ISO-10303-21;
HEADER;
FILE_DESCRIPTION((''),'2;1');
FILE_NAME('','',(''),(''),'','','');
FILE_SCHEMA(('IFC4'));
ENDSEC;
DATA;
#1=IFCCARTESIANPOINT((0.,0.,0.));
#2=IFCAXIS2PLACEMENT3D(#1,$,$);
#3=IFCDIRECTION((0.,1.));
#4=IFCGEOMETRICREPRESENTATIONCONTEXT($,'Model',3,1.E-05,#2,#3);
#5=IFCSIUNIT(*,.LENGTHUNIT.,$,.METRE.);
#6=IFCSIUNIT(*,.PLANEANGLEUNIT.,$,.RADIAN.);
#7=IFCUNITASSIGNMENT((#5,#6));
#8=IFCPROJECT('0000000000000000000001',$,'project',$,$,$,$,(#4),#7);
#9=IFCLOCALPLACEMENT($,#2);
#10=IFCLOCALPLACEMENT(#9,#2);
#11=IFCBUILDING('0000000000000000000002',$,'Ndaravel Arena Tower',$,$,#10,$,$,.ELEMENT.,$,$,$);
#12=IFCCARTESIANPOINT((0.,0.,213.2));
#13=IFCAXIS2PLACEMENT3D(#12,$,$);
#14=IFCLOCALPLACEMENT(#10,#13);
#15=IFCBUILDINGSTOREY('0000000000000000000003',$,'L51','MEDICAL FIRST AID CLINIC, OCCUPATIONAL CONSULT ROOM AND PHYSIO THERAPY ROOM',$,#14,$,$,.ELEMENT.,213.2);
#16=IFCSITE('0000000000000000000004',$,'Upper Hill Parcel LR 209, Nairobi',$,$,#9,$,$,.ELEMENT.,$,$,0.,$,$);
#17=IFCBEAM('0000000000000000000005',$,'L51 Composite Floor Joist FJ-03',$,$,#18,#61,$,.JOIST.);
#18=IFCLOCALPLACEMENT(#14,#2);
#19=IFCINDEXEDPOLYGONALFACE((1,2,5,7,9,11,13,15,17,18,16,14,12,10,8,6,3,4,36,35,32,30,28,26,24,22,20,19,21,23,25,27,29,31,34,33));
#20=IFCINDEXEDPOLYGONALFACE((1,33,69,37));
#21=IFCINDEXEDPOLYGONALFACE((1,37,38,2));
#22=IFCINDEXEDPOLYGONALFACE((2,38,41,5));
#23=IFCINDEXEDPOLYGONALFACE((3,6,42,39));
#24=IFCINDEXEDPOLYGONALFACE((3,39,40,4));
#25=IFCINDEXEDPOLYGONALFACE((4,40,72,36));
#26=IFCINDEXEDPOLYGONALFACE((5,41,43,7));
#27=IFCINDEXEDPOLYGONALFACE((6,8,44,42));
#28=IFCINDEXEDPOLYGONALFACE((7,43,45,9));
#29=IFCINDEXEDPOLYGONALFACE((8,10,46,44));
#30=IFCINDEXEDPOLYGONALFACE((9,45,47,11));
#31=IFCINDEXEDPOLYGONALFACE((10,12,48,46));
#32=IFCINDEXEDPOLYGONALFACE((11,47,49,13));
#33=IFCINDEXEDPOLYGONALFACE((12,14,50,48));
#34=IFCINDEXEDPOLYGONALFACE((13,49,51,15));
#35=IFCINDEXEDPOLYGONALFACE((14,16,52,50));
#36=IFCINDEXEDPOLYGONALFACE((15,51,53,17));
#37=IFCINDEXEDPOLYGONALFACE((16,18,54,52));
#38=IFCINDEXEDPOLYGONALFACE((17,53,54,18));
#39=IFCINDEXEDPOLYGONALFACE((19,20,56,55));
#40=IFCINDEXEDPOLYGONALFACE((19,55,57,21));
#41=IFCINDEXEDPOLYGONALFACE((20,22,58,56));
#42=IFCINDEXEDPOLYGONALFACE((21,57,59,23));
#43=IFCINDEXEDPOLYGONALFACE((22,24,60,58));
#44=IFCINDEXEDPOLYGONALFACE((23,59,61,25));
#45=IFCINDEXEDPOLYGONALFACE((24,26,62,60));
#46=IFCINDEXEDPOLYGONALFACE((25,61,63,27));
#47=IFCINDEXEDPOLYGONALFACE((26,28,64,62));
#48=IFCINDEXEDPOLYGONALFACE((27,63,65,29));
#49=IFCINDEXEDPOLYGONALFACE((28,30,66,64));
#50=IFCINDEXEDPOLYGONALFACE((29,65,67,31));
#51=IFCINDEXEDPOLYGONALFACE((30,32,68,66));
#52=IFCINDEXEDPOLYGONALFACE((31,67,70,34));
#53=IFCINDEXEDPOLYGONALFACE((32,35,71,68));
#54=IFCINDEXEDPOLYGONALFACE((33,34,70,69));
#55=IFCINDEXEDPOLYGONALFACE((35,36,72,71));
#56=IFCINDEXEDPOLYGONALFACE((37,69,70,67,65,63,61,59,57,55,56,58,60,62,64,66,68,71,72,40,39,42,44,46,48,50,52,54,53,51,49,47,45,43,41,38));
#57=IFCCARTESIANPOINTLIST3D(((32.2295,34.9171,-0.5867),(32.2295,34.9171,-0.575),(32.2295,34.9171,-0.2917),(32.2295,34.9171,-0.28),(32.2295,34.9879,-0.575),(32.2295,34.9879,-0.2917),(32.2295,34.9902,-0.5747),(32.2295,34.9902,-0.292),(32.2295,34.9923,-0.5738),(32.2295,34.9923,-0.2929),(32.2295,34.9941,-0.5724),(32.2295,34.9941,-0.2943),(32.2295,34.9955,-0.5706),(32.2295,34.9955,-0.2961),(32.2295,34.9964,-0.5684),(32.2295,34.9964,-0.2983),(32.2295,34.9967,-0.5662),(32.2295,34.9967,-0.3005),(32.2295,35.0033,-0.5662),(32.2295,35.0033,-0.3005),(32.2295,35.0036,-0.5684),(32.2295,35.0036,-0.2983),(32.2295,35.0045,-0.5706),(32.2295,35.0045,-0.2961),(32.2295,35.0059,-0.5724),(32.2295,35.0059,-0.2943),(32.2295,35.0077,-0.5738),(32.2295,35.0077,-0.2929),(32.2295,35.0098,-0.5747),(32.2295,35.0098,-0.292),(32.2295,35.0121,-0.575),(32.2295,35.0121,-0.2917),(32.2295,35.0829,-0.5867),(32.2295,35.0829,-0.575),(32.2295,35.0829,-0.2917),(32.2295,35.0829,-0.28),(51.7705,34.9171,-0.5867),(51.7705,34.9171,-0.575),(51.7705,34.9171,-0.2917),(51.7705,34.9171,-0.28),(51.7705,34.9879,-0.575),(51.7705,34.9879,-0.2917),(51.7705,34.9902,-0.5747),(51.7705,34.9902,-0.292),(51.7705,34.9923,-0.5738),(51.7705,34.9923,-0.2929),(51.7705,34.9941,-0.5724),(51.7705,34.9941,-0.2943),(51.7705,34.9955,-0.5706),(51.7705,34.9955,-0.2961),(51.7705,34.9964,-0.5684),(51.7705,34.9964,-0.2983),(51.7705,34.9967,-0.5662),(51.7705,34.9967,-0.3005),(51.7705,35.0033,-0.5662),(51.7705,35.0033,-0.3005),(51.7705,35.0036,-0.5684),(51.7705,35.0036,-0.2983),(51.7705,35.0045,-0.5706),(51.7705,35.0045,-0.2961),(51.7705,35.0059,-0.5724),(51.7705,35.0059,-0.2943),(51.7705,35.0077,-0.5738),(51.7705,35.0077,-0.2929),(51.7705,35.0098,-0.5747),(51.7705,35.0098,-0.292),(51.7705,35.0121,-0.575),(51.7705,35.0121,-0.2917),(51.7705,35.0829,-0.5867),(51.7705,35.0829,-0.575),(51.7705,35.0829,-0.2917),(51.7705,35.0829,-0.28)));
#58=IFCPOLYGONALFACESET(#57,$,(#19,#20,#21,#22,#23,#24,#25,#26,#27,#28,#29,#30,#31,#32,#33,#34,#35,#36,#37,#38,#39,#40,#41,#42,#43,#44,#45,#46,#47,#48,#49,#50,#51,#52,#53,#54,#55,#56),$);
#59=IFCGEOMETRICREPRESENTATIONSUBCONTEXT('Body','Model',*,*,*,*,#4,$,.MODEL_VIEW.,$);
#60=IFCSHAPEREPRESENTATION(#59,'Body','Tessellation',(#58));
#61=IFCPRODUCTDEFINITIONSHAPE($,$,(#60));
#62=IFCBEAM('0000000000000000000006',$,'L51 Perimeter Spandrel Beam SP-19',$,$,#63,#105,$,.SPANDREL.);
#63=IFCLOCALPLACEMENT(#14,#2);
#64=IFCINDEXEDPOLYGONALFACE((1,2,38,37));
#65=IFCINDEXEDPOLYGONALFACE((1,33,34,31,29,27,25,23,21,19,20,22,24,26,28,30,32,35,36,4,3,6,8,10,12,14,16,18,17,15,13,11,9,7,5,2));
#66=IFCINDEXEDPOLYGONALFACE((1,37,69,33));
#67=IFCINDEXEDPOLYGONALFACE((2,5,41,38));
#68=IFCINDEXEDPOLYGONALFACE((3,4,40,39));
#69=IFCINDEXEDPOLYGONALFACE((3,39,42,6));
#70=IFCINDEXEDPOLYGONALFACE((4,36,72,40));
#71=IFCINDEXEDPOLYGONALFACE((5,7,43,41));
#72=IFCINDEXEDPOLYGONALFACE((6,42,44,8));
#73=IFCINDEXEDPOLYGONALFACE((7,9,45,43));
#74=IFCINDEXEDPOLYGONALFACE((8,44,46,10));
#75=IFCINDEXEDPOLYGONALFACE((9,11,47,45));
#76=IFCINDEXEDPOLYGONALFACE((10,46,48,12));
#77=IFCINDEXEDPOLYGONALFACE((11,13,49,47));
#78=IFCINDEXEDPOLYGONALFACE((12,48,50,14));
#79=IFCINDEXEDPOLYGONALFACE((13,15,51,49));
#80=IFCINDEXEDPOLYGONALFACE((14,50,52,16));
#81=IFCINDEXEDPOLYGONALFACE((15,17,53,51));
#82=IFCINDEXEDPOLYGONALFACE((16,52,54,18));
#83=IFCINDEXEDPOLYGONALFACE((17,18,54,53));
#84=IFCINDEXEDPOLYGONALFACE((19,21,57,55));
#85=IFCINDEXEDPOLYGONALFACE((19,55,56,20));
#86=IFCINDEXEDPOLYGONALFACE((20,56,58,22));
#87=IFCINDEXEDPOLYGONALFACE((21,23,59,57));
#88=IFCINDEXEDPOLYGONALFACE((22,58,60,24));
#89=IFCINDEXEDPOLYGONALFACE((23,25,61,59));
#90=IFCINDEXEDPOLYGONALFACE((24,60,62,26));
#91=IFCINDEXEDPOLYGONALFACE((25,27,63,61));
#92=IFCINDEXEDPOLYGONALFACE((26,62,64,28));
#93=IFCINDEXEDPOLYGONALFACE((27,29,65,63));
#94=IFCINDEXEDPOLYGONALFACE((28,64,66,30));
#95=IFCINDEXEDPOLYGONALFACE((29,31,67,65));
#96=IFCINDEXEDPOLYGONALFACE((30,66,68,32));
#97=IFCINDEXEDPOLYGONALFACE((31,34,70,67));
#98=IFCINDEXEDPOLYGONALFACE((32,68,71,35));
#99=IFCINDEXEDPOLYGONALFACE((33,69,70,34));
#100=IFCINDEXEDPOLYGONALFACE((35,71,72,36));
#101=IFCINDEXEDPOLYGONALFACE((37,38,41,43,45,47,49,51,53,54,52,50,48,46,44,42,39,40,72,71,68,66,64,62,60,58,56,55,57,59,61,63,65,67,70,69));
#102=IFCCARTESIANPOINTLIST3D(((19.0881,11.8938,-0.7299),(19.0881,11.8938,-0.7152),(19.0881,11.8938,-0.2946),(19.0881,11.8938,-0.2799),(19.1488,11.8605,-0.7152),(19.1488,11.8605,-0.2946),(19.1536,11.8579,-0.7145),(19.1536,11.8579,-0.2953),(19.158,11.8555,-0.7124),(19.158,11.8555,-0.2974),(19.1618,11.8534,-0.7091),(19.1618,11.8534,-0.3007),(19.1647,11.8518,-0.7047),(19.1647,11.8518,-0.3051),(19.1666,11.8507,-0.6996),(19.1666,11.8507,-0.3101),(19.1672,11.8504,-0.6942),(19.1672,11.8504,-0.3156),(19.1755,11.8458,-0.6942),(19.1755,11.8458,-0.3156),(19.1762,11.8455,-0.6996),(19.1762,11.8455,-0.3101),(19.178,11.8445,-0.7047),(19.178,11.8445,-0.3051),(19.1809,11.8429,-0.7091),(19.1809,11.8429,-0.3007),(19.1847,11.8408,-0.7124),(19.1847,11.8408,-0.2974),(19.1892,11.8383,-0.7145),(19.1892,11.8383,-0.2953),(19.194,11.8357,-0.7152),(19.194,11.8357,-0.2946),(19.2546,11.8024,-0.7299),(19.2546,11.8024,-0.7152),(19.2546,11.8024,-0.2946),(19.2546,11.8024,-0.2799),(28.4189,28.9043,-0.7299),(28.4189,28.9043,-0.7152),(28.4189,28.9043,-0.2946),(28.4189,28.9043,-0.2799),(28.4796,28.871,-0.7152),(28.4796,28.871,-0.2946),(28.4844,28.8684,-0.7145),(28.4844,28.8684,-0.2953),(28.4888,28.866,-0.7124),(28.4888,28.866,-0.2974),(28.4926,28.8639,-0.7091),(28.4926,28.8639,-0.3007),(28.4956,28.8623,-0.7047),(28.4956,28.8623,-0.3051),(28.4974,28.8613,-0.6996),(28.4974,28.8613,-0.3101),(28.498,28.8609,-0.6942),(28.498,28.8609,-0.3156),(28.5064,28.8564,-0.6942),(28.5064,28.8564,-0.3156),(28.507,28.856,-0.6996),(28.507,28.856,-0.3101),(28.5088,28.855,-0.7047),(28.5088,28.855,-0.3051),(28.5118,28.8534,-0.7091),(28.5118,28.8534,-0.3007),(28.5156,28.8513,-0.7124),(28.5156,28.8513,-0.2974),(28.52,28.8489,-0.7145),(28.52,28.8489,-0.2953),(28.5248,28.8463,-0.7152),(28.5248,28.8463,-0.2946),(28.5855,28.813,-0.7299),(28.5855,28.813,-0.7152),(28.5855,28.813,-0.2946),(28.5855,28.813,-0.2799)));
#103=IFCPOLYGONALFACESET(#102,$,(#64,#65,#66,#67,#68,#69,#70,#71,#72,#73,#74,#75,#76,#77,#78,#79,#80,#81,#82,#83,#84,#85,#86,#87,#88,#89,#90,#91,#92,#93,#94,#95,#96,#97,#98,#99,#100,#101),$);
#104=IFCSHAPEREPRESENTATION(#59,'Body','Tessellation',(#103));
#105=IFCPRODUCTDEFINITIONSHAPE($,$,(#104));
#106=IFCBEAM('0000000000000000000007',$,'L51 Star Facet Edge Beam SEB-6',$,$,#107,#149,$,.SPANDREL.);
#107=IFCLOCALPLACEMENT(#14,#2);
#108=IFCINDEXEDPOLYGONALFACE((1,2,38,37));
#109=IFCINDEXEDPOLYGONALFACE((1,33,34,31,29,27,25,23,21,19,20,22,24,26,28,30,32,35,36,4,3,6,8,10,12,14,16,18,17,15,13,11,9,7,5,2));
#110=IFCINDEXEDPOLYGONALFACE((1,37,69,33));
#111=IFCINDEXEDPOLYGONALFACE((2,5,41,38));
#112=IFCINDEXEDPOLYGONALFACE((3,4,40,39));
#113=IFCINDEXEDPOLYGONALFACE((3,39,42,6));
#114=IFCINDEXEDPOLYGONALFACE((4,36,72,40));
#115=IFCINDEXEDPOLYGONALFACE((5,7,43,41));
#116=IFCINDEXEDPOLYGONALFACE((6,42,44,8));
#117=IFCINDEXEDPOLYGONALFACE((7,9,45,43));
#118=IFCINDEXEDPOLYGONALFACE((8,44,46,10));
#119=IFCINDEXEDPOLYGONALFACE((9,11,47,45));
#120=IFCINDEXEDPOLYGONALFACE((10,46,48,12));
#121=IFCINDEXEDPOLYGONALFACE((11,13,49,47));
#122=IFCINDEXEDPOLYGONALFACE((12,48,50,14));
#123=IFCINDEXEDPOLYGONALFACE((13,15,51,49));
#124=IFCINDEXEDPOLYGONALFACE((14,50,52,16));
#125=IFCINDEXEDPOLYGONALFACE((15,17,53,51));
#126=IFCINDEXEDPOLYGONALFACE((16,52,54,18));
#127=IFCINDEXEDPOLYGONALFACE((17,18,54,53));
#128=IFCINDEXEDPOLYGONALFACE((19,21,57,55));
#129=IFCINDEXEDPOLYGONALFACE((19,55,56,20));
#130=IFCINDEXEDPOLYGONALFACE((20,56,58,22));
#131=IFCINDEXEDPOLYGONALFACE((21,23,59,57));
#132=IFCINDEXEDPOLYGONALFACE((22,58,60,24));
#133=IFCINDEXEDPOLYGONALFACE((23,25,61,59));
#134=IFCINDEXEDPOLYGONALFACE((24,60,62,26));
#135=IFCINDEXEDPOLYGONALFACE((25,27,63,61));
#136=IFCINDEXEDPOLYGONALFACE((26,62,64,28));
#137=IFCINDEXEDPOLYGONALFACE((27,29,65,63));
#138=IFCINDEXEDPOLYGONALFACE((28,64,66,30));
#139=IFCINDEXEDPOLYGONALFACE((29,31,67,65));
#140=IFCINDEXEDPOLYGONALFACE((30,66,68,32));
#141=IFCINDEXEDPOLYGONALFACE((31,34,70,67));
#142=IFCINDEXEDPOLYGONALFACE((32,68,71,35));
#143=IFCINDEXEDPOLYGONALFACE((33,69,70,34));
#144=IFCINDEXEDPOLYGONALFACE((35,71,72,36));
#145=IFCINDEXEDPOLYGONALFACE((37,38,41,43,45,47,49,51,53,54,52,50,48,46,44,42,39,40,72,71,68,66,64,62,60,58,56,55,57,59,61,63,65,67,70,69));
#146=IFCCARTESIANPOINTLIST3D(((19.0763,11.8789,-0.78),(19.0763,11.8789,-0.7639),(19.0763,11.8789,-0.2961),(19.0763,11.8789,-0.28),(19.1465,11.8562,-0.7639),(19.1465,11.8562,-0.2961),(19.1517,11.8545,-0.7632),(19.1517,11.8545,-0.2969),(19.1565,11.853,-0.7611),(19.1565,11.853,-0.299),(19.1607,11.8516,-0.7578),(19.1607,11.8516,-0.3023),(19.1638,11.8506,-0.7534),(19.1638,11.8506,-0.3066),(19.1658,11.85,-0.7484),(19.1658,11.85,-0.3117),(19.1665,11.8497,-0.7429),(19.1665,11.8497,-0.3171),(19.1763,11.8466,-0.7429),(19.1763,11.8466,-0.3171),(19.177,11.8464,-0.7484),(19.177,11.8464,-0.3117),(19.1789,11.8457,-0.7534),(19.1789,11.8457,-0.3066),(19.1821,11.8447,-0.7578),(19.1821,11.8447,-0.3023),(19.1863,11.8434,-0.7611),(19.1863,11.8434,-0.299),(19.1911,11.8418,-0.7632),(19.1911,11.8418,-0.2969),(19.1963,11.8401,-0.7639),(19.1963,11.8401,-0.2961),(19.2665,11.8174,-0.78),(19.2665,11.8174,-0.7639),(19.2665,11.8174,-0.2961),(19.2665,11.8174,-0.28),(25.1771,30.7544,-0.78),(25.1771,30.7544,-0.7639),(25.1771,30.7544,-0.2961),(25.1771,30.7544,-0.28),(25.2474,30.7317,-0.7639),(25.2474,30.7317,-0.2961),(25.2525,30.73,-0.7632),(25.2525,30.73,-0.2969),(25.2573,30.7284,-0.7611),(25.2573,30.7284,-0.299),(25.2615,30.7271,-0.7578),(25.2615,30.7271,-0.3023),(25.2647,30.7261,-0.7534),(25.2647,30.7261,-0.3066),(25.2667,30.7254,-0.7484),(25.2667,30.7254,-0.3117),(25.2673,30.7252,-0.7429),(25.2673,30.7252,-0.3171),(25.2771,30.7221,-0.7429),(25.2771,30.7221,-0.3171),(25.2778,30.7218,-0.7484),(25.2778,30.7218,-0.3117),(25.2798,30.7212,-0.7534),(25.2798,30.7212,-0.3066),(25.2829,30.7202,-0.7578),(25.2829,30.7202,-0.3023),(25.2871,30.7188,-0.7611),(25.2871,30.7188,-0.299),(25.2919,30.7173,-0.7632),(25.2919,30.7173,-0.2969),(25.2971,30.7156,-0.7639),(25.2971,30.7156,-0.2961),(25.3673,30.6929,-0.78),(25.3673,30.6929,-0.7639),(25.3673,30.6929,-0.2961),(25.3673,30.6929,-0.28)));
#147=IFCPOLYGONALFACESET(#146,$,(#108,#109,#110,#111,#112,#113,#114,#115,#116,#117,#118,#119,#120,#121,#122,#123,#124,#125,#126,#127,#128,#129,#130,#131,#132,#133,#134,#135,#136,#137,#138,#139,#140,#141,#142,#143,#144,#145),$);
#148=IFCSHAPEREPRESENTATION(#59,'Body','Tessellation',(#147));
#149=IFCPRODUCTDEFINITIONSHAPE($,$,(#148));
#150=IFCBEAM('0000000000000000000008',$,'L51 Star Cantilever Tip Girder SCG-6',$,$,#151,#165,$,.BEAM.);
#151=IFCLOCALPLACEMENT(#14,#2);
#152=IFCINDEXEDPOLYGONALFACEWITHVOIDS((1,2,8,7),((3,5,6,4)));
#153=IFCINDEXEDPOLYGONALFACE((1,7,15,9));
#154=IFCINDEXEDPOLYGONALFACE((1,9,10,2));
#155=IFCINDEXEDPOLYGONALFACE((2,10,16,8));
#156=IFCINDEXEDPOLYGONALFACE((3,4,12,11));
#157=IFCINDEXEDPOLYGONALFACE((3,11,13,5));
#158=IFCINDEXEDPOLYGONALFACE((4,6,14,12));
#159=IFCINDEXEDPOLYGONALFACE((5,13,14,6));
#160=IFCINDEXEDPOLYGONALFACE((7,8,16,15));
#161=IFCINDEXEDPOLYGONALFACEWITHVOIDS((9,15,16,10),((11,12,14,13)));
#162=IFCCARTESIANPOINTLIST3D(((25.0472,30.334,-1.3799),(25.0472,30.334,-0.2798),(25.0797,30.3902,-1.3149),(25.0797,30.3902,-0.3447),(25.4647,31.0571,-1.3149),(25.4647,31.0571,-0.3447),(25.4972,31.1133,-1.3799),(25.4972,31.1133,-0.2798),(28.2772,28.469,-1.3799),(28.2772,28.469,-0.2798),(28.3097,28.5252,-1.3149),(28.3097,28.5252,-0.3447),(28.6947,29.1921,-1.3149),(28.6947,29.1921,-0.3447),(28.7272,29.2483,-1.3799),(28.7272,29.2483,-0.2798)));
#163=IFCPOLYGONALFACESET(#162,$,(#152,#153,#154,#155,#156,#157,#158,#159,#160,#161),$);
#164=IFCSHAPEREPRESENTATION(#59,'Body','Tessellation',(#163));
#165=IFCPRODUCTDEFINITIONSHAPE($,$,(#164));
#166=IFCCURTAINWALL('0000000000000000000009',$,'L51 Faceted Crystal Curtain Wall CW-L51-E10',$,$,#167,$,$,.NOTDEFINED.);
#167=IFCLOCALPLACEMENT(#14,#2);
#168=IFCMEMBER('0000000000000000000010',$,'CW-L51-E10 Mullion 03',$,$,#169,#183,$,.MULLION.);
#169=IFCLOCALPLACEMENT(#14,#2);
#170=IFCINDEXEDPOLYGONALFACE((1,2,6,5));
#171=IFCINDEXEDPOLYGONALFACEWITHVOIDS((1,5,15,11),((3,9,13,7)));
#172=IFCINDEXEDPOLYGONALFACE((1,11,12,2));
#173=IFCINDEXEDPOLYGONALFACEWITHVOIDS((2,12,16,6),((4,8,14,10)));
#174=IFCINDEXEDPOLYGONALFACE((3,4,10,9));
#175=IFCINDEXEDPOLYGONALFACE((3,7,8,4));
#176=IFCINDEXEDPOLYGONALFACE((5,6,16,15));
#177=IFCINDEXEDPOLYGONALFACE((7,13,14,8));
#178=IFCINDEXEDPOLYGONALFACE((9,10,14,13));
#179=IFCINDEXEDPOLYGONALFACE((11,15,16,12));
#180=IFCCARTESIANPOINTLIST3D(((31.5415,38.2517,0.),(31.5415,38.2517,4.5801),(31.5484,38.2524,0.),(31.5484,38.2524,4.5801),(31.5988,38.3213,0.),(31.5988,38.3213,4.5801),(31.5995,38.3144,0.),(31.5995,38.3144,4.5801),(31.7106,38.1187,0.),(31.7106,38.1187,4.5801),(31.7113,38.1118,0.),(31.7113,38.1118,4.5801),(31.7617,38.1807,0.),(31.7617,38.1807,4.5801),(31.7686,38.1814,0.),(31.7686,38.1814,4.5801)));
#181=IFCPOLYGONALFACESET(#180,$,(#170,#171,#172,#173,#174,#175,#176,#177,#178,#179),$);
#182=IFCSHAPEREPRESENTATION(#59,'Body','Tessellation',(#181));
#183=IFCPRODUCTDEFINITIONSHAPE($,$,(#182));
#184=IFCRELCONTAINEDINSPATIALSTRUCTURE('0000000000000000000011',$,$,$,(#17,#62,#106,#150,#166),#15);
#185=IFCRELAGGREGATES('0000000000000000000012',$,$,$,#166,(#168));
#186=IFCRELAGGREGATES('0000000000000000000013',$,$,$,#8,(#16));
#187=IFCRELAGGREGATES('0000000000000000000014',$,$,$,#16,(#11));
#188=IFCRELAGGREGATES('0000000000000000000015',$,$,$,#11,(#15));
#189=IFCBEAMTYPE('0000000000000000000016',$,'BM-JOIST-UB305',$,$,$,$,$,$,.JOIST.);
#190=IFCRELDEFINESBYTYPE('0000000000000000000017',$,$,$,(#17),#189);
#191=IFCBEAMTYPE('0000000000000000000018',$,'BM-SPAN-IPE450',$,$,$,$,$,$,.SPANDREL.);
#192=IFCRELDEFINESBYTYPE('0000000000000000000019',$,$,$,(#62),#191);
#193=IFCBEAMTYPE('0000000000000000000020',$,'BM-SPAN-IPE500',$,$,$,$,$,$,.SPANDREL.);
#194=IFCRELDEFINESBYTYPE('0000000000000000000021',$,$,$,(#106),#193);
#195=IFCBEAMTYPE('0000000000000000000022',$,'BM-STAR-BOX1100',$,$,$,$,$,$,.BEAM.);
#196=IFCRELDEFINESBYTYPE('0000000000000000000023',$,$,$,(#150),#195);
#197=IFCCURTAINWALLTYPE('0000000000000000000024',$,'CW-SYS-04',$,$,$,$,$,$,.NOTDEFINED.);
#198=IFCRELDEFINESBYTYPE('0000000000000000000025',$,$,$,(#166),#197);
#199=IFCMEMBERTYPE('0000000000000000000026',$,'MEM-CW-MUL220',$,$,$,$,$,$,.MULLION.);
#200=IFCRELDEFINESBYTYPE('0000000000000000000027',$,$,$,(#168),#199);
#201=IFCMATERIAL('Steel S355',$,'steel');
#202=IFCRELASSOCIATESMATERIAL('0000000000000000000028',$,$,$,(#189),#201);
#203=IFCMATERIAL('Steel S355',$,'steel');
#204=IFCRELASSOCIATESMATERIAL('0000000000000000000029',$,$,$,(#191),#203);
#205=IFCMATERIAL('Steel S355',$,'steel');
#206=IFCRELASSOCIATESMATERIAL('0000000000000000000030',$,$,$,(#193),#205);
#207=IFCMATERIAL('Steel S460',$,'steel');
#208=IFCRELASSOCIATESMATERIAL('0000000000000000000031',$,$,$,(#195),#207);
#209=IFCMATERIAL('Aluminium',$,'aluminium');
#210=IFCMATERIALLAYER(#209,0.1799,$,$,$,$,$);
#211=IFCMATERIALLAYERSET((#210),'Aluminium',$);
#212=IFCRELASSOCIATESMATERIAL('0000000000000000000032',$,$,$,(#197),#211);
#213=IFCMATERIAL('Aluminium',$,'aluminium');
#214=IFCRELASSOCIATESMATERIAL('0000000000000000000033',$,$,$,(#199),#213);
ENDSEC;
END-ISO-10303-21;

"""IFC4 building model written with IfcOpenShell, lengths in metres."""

from ifc_helpers import new_model, si_unit, direction, frame, origin, origin_2d, place, context, subcontext, project, spatial, hollow_rectangle, i_section, extrude, material, layer, layer_set, material_profile, profile_set, type_object, element, aggregate, save


model = new_model("IFC4")

# Units and contexts
model_context = context("Model", 3, precision=1e-05, world=origin(), true_north=direction((0.0, 1.0)))
body_context = subcontext(model_context, "Body", "Model", "MODEL_VIEW")
ifc_project = project(units=[si_unit("LENGTHUNIT", "METRE"), si_unit("PLANEANGLEUNIT", "RADIAN")], contexts=[model_context])

# Site, building, storey
site_placement = place(None, origin())
site = spatial("IfcSite", under=ifc_project, at=site_placement, Name="Upper Hill Parcel LR 209, Nairobi", CompositionType="ELEMENT", RefElevation=0.0)
building_placement = place(site_placement, origin())
building = spatial("IfcBuilding", under=site, at=building_placement, Name="Ndaravel Arena Tower", CompositionType="ELEMENT")
storey_placement = place(building_placement, frame((0.0, 0.0, 213.2)))
storey = spatial("IfcBuildingStorey", under=building, at=storey_placement, Name="L51", Description="MEDICAL FIRST AID CLINIC, OCCUPATIONAL CONSULT ROOM AND PHYSIO THERAPY ROOM", CompositionType="ELEMENT", Elevation=213.2)

# Beams
ifc_material_1 = material(Name="Steel S355", Category="steel")
ifc_material_profile_1 = material_profile(ifc_material_1, i_section(OverallWidth=0.1658, OverallDepth=0.3066, WebThickness=0.0066, FlangeThickness=0.0117, FilletRadius=0.0088, at=origin_2d()), Name="UB 305x165x46")
ifc_profile_set_1 = profile_set([ifc_material_profile_1], Name="Steel S355")
beam_type_1 = type_object("IfcBeamType", Name="BM-JOIST-UB305", PredefinedType="JOIST", material=ifc_profile_set_1)
beam_1_placement = place(storey_placement, frame((32.2295, 35.0, -0.4333), z_axis=(1.0, 0.0, 0.0), x_axis=(0.0, 1.0, 0.0)))
element("IfcBeam", 1, at=beam_1_placement, inside=storey, type_object=beam_type_1, Name="L51 Composite Floor Joist FJ-03", PredefinedType="JOIST", context=body_context, shape_type="SweptSolid", body=[
    extrude(i_section(OverallWidth=0.1658, OverallDepth=0.3066, WebThickness=0.0066, FlangeThickness=0.0117, FilletRadius=0.0088, at=origin_2d()), origin(), (0.0, 0.0, 1.0), 19.541),
])
ifc_material_2 = material(Name="Steel S355", Category="steel")
ifc_material_profile_2 = material_profile(ifc_material_2, i_section(OverallWidth=0.1899, OverallDepth=0.45, WebThickness=0.0095, FlangeThickness=0.0146, FilletRadius=0.021, at=origin_2d()), Name="IPE 450")
ifc_profile_set_2 = profile_set([ifc_material_profile_2], Name="Steel S355")
beam_type_2 = type_object("IfcBeamType", Name="BM-SPAN-IPE450", PredefinedType="SPANDREL", material=ifc_profile_set_2)
beam_2_placement = place(storey_placement, frame((28.5022, 28.8586, -0.5049), z_axis=(-0.480931, -0.876759, 0.0), x_axis=(0.876759, -0.480931, 0.0)))
element("IfcBeam", 2, at=beam_2_placement, inside=storey, type_object=beam_type_2, Name="L51 Perimeter Spandrel Beam SP-19", PredefinedType="SPANDREL", context=body_context, shape_type="SweptSolid", body=[
    extrude(i_section(OverallWidth=0.1899, OverallDepth=0.45, WebThickness=0.0095, FlangeThickness=0.0146, FilletRadius=0.021, at=origin_2d()), origin(), (0.0, 0.0, 1.0), 19.4016),
])
ifc_material_3 = material(Name="Steel S355", Category="steel")
ifc_material_profile_3 = material_profile(ifc_material_3, i_section(OverallWidth=0.2, OverallDepth=0.5, WebThickness=0.0103, FlangeThickness=0.0161, FilletRadius=0.021, at=origin_2d()), Name="IPE 500")
ifc_profile_set_3 = profile_set([ifc_material_profile_3], Name="Steel S355")
beam_type_3 = type_object("IfcBeamType", Name="BM-SPAN-IPE500", PredefinedType="SPANDREL", material=ifc_profile_set_3)
beam_3_placement = place(storey_placement, frame((25.2722, 30.7236, -0.53), z_axis=(-0.307549, -0.951532, 0.0), x_axis=(0.951532, -0.307549, 0.0)))
element("IfcBeam", 3, at=beam_3_placement, inside=storey, type_object=beam_type_3, Name="L51 Star Facet Edge Beam SEB-6", PredefinedType="SPANDREL", context=body_context, shape_type="SweptSolid", body=[
    extrude(i_section(OverallWidth=0.2, OverallDepth=0.5, WebThickness=0.0103, FlangeThickness=0.0161, FilletRadius=0.021, at=origin_2d()), origin(), (0.0, 0.0, 1.0), 19.8369),
])
ifc_material_4 = material(Name="Steel S460", Category="steel")
ifc_material_profile_4 = material_profile(ifc_material_4, hollow_rectangle(XDim=0.8999, YDim=1.1001, WallThickness=0.0649, at=origin_2d()), Name="BOX 1100x900x65")
ifc_profile_set_4 = profile_set([ifc_material_profile_4], Name="Steel S460")
beam_type_4 = type_object("IfcBeamType", Name="BM-STAR-BOX1100", PredefinedType="BEAM", material=ifc_profile_set_4)
beam_4_placement = place(storey_placement, frame((28.5022, 28.8586, -0.8298), z_axis=(-0.866007, 0.500032, 0.0), x_axis=(-0.500032, -0.866007, 0.0)))
element("IfcBeam", 4, at=beam_4_placement, inside=storey, type_object=beam_type_4, Name="L51 Star Cantilever Tip Girder SCG-6", PredefinedType="BEAM", context=body_context, shape_type="SweptSolid", body=[
    extrude(hollow_rectangle(XDim=0.8999, YDim=1.1001, WallThickness=0.0649, at=origin_2d()), origin(), (0.0, 0.0, 1.0), 3.7297),
])

# Curtain wall, member
ifc_material_5 = material(Name="Aluminium", Category="aluminium")
ifc_layer_1 = layer(ifc_material_5, 0.1799)
ifc_layer_set_1 = layer_set([ifc_layer_1], Name="Aluminium")
curtain_wall_type = type_object("IfcCurtainWallType", Name="CW-SYS-04", PredefinedType="NOTDEFINED", material=ifc_layer_set_1)
curtain_wall_1_placement = place(storey_placement, origin())
curtain_wall_1 = element("IfcCurtainWall", 5, at=curtain_wall_1_placement, inside=storey, type_object=curtain_wall_type, Name="L51 Faceted Crystal Curtain Wall CW-L51-E10", PredefinedType="NOTDEFINED")
ifc_material_6 = material(Name="Aluminium", Category="aluminium")
ifc_material_profile_5 = material_profile(ifc_material_6, hollow_rectangle(XDim=0.0901, YDim=0.22, WallThickness=0.0049, at=origin_2d()), Name="CW MULLION 90x220x5")
ifc_profile_set_5 = profile_set([ifc_material_profile_5], Name="Aluminium")
member_type_1 = type_object("IfcMemberType", Name="MEM-CW-MUL220", PredefinedType="MULLION", material=ifc_profile_set_5)
member_1_placement = place(storey_placement, frame((31.655, 38.2166, 0.0), z_axis=(0.0, 0.0, 1.0), x_axis=(-0.636024, -0.771669, 0.0)))
member_1 = element("IfcMember", 6, at=member_1_placement, type_object=member_type_1, Name="CW-L51-E10 Mullion 03", PredefinedType="MULLION", context=body_context, shape_type="SweptSolid", body=[
    extrude(hollow_rectangle(XDim=0.0901, YDim=0.22, WallThickness=0.0049, at=origin_2d()), origin(), (0.0, 0.0, 1.0), 4.5801),
])

aggregate(curtain_wall_1, [member_1])

save(model, "model.ifc")
